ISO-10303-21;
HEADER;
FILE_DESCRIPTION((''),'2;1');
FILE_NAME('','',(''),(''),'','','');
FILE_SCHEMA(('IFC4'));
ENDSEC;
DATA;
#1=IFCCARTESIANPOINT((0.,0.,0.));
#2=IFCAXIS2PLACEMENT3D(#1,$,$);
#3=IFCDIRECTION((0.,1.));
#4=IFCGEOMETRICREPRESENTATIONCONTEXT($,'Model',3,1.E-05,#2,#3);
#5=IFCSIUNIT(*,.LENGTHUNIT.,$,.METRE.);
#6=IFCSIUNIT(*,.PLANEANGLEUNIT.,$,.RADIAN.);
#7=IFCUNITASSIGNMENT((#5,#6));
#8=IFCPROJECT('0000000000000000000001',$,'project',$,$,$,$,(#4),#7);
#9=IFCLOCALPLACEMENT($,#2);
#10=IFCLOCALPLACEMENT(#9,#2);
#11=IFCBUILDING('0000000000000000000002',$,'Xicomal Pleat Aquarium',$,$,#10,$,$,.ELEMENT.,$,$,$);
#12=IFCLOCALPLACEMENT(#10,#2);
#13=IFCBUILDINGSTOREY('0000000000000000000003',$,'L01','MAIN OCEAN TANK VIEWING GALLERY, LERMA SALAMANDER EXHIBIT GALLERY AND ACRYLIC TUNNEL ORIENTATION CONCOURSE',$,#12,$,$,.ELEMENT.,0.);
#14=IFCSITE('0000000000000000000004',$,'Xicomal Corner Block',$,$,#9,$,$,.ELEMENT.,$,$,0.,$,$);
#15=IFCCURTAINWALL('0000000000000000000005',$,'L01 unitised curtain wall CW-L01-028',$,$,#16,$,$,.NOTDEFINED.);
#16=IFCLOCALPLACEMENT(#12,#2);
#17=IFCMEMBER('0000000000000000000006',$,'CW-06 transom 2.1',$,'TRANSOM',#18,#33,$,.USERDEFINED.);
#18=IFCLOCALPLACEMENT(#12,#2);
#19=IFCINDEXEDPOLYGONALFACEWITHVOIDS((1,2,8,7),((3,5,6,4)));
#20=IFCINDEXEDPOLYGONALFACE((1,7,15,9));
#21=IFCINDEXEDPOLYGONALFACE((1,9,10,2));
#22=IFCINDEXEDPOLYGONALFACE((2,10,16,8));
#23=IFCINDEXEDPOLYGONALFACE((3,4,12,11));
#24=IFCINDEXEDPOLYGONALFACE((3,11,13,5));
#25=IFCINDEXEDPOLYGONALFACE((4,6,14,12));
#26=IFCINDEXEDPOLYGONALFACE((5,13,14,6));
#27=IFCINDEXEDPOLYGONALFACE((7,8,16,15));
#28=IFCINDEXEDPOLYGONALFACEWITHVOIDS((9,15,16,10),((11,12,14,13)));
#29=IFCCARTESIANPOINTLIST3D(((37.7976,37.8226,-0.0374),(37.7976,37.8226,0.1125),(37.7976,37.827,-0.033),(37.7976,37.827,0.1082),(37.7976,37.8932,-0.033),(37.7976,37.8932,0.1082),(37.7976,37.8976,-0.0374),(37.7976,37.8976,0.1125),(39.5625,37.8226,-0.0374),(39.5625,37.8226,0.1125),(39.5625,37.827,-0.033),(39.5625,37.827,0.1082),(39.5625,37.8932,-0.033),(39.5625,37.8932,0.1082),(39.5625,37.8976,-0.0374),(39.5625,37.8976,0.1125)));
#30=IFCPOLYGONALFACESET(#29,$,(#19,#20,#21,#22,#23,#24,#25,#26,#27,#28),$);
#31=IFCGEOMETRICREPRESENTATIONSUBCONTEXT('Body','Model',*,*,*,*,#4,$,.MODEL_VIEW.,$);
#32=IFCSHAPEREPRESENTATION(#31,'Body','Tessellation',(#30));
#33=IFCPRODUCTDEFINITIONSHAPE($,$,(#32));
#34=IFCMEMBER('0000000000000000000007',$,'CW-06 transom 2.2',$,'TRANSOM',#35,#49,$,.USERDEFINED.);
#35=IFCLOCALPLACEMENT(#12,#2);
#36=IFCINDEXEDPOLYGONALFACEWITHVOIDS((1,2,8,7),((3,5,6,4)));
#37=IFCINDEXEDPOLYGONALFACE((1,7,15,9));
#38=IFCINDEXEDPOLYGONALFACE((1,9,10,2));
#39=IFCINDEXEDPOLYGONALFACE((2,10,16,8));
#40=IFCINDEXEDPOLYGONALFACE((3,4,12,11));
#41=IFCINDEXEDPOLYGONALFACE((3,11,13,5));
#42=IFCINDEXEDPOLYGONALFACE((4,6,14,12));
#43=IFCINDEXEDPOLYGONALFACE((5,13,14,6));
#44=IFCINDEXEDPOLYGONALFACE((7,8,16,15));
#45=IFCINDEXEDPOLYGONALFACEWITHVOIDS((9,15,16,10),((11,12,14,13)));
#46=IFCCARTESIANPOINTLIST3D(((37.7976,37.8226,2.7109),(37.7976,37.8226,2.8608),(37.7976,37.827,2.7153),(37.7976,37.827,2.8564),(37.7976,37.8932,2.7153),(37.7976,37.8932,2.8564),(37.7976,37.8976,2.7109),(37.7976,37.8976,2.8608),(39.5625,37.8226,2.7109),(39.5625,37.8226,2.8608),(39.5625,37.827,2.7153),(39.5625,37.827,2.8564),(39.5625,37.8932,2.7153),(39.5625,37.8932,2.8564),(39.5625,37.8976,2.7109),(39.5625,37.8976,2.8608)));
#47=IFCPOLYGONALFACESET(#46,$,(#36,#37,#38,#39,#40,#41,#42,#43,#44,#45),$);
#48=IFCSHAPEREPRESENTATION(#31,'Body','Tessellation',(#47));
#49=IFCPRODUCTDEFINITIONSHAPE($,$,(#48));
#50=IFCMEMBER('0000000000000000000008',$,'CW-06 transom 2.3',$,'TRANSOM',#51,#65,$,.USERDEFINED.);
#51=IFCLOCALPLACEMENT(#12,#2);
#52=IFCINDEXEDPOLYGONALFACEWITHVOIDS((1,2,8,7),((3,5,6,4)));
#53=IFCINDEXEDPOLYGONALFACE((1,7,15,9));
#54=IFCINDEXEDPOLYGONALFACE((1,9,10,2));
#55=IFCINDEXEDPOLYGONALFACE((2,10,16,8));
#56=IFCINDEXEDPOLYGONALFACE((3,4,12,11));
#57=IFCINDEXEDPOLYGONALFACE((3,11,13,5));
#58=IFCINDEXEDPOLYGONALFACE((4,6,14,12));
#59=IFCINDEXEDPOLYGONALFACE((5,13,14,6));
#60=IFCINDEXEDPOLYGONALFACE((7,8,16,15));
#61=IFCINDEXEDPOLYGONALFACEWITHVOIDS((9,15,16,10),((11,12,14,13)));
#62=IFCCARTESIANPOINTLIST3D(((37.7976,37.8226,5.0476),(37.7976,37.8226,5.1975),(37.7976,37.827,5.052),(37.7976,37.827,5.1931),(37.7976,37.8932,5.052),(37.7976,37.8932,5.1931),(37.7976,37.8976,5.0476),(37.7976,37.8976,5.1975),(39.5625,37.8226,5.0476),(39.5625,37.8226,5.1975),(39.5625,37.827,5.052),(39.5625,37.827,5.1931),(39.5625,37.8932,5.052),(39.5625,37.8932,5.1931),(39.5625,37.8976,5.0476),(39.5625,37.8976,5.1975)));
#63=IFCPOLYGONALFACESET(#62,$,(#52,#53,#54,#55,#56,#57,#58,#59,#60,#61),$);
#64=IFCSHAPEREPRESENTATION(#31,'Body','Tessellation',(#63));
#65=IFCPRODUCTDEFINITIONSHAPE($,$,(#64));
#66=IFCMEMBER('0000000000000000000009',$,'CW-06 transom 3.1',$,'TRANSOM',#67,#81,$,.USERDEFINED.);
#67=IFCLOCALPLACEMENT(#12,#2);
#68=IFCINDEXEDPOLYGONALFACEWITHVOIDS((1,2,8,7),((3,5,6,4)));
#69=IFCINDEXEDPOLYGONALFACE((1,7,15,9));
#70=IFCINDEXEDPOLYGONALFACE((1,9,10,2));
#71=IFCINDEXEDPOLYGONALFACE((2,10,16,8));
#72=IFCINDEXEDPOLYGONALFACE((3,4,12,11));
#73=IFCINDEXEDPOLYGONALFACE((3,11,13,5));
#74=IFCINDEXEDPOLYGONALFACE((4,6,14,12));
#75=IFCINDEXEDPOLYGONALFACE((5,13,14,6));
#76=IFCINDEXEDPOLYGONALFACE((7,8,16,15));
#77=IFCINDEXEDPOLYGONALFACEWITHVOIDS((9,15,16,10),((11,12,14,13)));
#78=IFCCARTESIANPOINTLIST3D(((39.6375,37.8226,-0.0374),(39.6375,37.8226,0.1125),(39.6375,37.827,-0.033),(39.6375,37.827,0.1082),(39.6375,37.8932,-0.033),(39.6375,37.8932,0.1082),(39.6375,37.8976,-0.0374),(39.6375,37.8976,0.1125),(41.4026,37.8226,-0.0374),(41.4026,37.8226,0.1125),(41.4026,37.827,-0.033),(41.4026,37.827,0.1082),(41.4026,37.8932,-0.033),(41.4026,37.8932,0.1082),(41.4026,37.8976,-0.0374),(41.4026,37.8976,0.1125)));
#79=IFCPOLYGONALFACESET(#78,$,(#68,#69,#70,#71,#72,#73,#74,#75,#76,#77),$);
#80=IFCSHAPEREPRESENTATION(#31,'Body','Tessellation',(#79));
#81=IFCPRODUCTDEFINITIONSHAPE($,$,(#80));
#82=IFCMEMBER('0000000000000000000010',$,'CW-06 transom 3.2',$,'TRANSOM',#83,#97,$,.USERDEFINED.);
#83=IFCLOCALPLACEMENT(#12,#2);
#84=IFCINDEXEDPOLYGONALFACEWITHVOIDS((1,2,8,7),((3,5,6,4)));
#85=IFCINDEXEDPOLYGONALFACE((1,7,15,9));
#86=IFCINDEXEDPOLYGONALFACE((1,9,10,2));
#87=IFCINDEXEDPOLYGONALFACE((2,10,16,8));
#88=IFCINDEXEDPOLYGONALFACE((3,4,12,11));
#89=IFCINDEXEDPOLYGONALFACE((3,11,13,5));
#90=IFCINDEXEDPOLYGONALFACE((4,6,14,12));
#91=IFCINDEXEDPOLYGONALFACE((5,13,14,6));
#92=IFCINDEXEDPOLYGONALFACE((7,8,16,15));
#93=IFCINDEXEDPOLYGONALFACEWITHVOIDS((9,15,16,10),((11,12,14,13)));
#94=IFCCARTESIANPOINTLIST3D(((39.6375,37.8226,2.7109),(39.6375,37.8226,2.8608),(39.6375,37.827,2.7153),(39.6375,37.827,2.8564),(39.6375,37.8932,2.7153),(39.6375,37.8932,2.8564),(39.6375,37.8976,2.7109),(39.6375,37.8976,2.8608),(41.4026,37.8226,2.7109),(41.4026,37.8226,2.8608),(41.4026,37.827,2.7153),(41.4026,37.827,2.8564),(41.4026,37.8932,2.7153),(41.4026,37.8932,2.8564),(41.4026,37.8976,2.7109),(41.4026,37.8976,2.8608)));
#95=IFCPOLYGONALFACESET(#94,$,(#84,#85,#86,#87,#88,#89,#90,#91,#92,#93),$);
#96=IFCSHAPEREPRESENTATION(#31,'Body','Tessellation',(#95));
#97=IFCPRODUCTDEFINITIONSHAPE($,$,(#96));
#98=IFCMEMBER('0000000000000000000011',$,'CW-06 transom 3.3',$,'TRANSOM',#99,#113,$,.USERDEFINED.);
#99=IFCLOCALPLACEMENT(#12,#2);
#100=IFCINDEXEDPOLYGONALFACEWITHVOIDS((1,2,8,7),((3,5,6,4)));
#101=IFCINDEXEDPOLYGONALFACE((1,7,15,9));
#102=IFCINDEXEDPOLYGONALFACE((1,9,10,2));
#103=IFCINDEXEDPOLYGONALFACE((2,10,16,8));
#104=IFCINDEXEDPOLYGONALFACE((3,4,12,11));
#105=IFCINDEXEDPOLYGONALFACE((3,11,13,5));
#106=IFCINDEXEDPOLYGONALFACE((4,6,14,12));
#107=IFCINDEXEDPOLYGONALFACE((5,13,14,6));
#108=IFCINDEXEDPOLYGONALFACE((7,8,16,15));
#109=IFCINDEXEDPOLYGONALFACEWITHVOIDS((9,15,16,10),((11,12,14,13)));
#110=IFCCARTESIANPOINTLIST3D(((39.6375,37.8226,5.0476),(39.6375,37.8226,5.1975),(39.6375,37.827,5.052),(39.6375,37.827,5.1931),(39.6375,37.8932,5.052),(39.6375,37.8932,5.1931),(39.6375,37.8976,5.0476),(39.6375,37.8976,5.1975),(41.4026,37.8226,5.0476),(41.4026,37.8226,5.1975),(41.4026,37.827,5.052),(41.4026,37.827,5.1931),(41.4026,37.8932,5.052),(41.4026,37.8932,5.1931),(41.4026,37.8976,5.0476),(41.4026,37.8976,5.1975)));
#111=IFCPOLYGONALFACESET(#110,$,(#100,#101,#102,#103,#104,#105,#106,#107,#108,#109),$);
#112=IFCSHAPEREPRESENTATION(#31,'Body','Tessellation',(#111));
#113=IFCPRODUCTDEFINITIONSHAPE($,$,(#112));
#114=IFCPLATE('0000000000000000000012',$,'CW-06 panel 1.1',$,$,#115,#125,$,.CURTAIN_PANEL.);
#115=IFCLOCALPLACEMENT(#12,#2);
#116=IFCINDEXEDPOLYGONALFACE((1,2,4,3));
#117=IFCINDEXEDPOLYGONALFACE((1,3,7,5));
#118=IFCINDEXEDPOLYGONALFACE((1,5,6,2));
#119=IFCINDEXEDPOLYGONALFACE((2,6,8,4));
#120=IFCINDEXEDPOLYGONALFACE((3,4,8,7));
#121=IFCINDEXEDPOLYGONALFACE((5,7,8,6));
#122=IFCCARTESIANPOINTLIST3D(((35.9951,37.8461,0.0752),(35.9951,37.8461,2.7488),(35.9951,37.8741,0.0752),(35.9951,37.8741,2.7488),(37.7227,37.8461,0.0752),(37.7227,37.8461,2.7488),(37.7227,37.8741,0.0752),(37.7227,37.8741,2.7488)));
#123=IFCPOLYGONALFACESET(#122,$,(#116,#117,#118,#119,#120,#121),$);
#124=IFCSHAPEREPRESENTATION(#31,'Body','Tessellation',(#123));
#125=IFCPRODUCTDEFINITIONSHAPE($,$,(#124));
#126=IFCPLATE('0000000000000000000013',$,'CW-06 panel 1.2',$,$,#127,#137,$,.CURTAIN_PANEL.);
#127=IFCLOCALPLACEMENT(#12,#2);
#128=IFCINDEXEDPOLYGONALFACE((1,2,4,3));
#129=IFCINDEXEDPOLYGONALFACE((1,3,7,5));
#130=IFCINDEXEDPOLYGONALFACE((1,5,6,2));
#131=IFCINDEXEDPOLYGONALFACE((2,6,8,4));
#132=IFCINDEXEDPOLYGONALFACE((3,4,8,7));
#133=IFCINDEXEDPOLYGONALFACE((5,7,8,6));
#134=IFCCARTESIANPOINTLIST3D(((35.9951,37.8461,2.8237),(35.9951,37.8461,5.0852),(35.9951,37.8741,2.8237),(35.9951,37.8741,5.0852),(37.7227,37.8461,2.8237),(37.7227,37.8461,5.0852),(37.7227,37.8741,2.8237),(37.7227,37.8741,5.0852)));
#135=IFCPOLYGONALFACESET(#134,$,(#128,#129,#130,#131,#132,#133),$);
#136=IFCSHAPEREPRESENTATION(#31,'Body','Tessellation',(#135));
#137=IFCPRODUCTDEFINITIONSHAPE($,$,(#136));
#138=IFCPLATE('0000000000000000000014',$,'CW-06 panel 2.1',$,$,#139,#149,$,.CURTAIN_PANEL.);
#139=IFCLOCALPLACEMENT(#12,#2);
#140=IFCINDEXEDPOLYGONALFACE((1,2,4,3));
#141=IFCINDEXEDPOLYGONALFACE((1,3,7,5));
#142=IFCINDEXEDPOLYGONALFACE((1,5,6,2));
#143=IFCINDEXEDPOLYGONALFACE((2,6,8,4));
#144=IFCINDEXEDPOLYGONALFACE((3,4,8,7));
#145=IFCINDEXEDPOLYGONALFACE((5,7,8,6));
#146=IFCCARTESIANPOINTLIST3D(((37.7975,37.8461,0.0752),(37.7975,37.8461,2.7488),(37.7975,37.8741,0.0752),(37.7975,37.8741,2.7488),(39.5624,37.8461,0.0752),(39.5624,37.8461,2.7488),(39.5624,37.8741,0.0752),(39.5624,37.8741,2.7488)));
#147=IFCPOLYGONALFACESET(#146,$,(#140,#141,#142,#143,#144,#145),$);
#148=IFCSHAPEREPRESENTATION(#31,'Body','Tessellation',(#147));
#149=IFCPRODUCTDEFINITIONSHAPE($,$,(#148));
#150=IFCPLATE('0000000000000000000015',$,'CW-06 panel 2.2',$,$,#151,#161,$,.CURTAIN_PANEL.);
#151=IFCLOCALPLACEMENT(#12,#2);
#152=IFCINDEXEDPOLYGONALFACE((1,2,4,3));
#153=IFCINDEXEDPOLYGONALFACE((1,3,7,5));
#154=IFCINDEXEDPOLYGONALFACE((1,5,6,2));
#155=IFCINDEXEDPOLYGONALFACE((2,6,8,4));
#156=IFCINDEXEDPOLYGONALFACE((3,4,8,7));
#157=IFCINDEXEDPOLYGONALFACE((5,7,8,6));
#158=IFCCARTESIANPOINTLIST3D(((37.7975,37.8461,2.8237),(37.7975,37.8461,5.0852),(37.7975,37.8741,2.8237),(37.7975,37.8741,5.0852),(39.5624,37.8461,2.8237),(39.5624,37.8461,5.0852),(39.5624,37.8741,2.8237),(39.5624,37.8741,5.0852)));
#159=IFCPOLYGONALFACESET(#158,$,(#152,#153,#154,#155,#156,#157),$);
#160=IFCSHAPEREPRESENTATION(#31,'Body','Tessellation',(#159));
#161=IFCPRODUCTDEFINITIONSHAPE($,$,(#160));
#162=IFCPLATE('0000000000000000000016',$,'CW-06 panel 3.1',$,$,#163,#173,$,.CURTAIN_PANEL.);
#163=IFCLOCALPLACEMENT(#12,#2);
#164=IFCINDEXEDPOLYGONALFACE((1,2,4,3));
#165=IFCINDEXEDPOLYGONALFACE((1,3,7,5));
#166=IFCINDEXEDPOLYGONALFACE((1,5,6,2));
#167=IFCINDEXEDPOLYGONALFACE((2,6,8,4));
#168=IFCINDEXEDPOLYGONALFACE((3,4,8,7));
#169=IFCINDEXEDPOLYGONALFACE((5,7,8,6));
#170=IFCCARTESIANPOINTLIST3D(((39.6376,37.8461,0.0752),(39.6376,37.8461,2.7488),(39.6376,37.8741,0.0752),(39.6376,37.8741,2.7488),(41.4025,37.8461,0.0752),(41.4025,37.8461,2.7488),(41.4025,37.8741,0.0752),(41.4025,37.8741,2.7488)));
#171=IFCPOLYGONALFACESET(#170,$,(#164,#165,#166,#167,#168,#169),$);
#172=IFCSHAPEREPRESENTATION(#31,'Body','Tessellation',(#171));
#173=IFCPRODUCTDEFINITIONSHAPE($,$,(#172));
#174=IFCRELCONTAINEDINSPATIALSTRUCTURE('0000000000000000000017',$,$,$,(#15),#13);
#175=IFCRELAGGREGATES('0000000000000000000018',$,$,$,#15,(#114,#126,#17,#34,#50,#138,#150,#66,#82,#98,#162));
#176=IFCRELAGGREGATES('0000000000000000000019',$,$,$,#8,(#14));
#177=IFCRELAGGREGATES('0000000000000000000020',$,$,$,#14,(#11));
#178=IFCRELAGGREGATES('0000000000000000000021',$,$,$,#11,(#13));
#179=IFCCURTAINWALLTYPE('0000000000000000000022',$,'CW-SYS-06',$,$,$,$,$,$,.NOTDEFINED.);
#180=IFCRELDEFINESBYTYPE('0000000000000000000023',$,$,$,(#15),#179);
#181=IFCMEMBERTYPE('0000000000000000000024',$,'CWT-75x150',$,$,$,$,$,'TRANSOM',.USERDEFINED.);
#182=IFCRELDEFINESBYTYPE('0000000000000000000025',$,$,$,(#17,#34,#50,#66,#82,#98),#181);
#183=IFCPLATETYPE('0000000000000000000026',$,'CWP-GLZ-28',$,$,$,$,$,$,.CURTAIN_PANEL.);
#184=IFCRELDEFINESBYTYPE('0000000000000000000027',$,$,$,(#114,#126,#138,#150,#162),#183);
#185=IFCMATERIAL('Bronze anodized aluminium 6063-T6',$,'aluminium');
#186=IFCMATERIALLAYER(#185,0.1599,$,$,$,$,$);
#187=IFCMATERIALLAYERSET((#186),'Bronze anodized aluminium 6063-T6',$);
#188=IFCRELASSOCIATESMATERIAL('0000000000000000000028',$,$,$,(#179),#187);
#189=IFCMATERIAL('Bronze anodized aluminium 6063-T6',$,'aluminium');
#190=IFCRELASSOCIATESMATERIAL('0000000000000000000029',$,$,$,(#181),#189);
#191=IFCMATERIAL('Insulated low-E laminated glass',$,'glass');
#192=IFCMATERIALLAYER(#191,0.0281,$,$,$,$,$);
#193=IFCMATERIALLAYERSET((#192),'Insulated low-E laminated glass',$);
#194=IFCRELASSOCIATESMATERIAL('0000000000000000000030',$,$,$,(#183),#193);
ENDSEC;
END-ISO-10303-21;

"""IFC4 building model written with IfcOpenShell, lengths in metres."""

from ifc_helpers import new_model, si_unit, direction, frame, origin, origin_2d, place, context, subcontext, project, spatial, rectangle, hollow_rectangle, extrude, material, layer, layer_set, material_profile, profile_set, type_object, element, aggregate, save


model = new_model("IFC4")

# Units and contexts
model_context = context("Model", 3, precision=1e-05, world=origin(), true_north=direction((0.0, 1.0)))
body_context = subcontext(model_context, "Body", "Model", "MODEL_VIEW")
ifc_project = project(units=[si_unit("LENGTHUNIT", "METRE"), si_unit("PLANEANGLEUNIT", "RADIAN")], contexts=[model_context])

# Site, building, storey
site_placement = place(None, origin())
site = spatial("IfcSite", under=ifc_project, at=site_placement, Name="Xicomal Corner Block", CompositionType="ELEMENT", RefElevation=0.0)
building_placement = place(site_placement, origin())
building = spatial("IfcBuilding", under=site, at=building_placement, Name="Xicomal Pleat Aquarium", CompositionType="ELEMENT")
storey_placement = place(building_placement, origin())
storey = spatial("IfcBuildingStorey", under=building, at=storey_placement, Name="L01", Description="MAIN OCEAN TANK VIEWING GALLERY, LERMA SALAMANDER EXHIBIT GALLERY AND ACRYLIC TUNNEL ORIENTATION CONCOURSE", CompositionType="ELEMENT", Elevation=0.0)

# Curtain wall, members, plates
ifc_material_1 = material(Name="Bronze anodized aluminium 6063-T6", Category="aluminium")
ifc_layer_1 = layer(ifc_material_1, 0.1599)
ifc_layer_set_1 = layer_set([ifc_layer_1], Name="Bronze anodized aluminium 6063-T6")
curtain_wall_type = type_object("IfcCurtainWallType", Name="CW-SYS-06", PredefinedType="NOTDEFINED", material=ifc_layer_set_1)
curtain_wall_placement = place(storey_placement, origin())
curtain_wall = element("IfcCurtainWall", 1, at=curtain_wall_placement, inside=storey, type_object=curtain_wall_type, Name="L01 unitised curtain wall CW-L01-028", PredefinedType="NOTDEFINED")
ifc_material_2 = material(Name="Bronze anodized aluminium 6063-T6", Category="aluminium")
ifc_material_profile_1 = material_profile(ifc_material_2, hollow_rectangle(XDim=0.075, YDim=0.1499, WallThickness=0.0044, at=origin_2d()), Name="ALU TRAN 75x150")
ifc_profile_set_1 = profile_set([ifc_material_profile_1], Name="Bronze anodized aluminium 6063-T6")
member_type_1 = type_object("IfcMemberType", Name="CWT-75x150", ElementType="TRANSOM", PredefinedType="USERDEFINED", material=ifc_profile_set_1)
member_1_placement = place(storey_placement, frame((37.7976, 37.8601, 0.0376), z_axis=(1.0, 0.0, 0.0), x_axis=(0.0, 1.0, 0.0)))
member_1 = element("IfcMember", 2, at=member_1_placement, type_object=member_type_1, Name="CW-06 transom 2.1", ObjectType="TRANSOM", PredefinedType="USERDEFINED", context=body_context, shape_type="SweptSolid", body=[
    extrude(hollow_rectangle(XDim=0.075, YDim=0.1499, WallThickness=0.0044, at=origin_2d()), origin(), (0.0, 0.0, 1.0), 1.7649),
])
member_2_placement = place(storey_placement, frame((37.7976, 37.8601, 2.7859), z_axis=(1.0, 0.0, 0.0), x_axis=(0.0, 1.0, 0.0)))
member_2 = element("IfcMember", 3, at=member_2_placement, type_object=member_type_1, Name="CW-06 transom 2.2", ObjectType="TRANSOM", PredefinedType="USERDEFINED", context=body_context, shape_type="SweptSolid", body=[
    extrude(hollow_rectangle(XDim=0.075, YDim=0.1499, WallThickness=0.0044, at=origin_2d()), origin(), (0.0, 0.0, 1.0), 1.7649),
])
member_3_placement = place(storey_placement, frame((37.7976, 37.8601, 5.1226), z_axis=(1.0, 0.0, 0.0), x_axis=(0.0, 1.0, 0.0)))
member_3 = element("IfcMember", 4, at=member_3_placement, type_object=member_type_1, Name="CW-06 transom 2.3", ObjectType="TRANSOM", PredefinedType="USERDEFINED", context=body_context, shape_type="SweptSolid", body=[
    extrude(hollow_rectangle(XDim=0.075, YDim=0.1499, WallThickness=0.0044, at=origin_2d()), origin(), (0.0, 0.0, 1.0), 1.7649),
])
member_4_placement = place(storey_placement, frame((39.6375, 37.8601, 0.0376), z_axis=(1.0, 0.0, 0.0), x_axis=(0.0, 1.0, 0.0)))
member_4 = element("IfcMember", 5, at=member_4_placement, type_object=member_type_1, Name="CW-06 transom 3.1", ObjectType="TRANSOM", PredefinedType="USERDEFINED", context=body_context, shape_type="SweptSolid", body=[
    extrude(hollow_rectangle(XDim=0.075, YDim=0.1499, WallThickness=0.0044, at=origin_2d()), origin(), (0.0, 0.0, 1.0), 1.7651),
])
member_5_placement = place(storey_placement, frame((39.6375, 37.8601, 2.7859), z_axis=(1.0, 0.0, 0.0), x_axis=(0.0, 1.0, 0.0)))
member_5 = element("IfcMember", 6, at=member_5_placement, type_object=member_type_1, Name="CW-06 transom 3.2", ObjectType="TRANSOM", PredefinedType="USERDEFINED", context=body_context, shape_type="SweptSolid", body=[
    extrude(hollow_rectangle(XDim=0.075, YDim=0.1499, WallThickness=0.0044, at=origin_2d()), origin(), (0.0, 0.0, 1.0), 1.7651),
])
member_6_placement = place(storey_placement, frame((39.6375, 37.8601, 5.1226), z_axis=(1.0, 0.0, 0.0), x_axis=(0.0, 1.0, 0.0)))
member_6 = element("IfcMember", 7, at=member_6_placement, type_object=member_type_1, Name="CW-06 transom 3.3", ObjectType="TRANSOM", PredefinedType="USERDEFINED", context=body_context, shape_type="SweptSolid", body=[
    extrude(hollow_rectangle(XDim=0.075, YDim=0.1499, WallThickness=0.0044, at=origin_2d()), origin(), (0.0, 0.0, 1.0), 1.7651),
])
ifc_material_3 = material(Name="Insulated low-E laminated glass", Category="glass")
ifc_layer_2 = layer(ifc_material_3, 0.0281)
ifc_layer_set_2 = layer_set([ifc_layer_2], Name="Insulated low-E laminated glass")
plate_type = type_object("IfcPlateType", Name="CWP-GLZ-28", PredefinedType="CURTAIN_PANEL", material=ifc_layer_set_2)
plate_1_placement = place(storey_placement, frame((36.8589, 37.8601, 0.0752), z_axis=(0.0, 0.0, 1.0), x_axis=(1.0, 0.0, 0.0)))
plate_1 = element("IfcPlate", 8, at=plate_1_placement, type_object=plate_type, Name="CW-06 panel 1.1", PredefinedType="CURTAIN_PANEL", context=body_context, shape_type="SweptSolid", body=[
    extrude(rectangle(XDim=1.7275, YDim=0.0281, at=origin_2d()), origin(), (0.0, 0.0, 1.0), 2.6736),
])
plate_2_placement = place(storey_placement, frame((36.8589, 37.8601, 2.8237), z_axis=(0.0, 0.0, 1.0), x_axis=(1.0, 0.0, 0.0)))
plate_2 = element("IfcPlate", 9, at=plate_2_placement, type_object=plate_type, Name="CW-06 panel 1.2", PredefinedType="CURTAIN_PANEL", context=body_context, shape_type="SweptSolid", body=[
    extrude(rectangle(XDim=1.7275, YDim=0.0281, at=origin_2d()), origin(), (0.0, 0.0, 1.0), 2.2615),
])
plate_3_placement = place(storey_placement, frame((38.6799, 37.8601, 0.0752), z_axis=(0.0, 0.0, 1.0), x_axis=(1.0, 0.0, 0.0)))
plate_3 = element("IfcPlate", 10, at=plate_3_placement, type_object=plate_type, Name="CW-06 panel 2.1", PredefinedType="CURTAIN_PANEL", context=body_context, shape_type="SweptSolid", body=[
    extrude(rectangle(XDim=1.7649, YDim=0.0281, at=origin_2d()), origin(), (0.0, 0.0, 1.0), 2.6736),
])
plate_4_placement = place(storey_placement, frame((38.6799, 37.8601, 2.8237), z_axis=(0.0, 0.0, 1.0), x_axis=(1.0, 0.0, 0.0)))
plate_4 = element("IfcPlate", 11, at=plate_4_placement, type_object=plate_type, Name="CW-06 panel 2.2", PredefinedType="CURTAIN_PANEL", context=body_context, shape_type="SweptSolid", body=[
    extrude(rectangle(XDim=1.7649, YDim=0.0281, at=origin_2d()), origin(), (0.0, 0.0, 1.0), 2.2615),
])
plate_5_placement = place(storey_placement, frame((40.52, 37.8601, 0.0752), z_axis=(0.0, 0.0, 1.0), x_axis=(1.0, 0.0, 0.0)))
plate_5 = element("IfcPlate", 12, at=plate_5_placement, type_object=plate_type, Name="CW-06 panel 3.1", PredefinedType="CURTAIN_PANEL", context=body_context, shape_type="SweptSolid", body=[
    extrude(rectangle(XDim=1.7649, YDim=0.0281, at=origin_2d()), origin(), (0.0, 0.0, 1.0), 2.6736),
])
aggregate(curtain_wall, [plate_1, plate_2, member_1, member_2, member_3, plate_3, plate_4, member_4, member_5, member_6, plate_5])

save(model, "model.ifc")
